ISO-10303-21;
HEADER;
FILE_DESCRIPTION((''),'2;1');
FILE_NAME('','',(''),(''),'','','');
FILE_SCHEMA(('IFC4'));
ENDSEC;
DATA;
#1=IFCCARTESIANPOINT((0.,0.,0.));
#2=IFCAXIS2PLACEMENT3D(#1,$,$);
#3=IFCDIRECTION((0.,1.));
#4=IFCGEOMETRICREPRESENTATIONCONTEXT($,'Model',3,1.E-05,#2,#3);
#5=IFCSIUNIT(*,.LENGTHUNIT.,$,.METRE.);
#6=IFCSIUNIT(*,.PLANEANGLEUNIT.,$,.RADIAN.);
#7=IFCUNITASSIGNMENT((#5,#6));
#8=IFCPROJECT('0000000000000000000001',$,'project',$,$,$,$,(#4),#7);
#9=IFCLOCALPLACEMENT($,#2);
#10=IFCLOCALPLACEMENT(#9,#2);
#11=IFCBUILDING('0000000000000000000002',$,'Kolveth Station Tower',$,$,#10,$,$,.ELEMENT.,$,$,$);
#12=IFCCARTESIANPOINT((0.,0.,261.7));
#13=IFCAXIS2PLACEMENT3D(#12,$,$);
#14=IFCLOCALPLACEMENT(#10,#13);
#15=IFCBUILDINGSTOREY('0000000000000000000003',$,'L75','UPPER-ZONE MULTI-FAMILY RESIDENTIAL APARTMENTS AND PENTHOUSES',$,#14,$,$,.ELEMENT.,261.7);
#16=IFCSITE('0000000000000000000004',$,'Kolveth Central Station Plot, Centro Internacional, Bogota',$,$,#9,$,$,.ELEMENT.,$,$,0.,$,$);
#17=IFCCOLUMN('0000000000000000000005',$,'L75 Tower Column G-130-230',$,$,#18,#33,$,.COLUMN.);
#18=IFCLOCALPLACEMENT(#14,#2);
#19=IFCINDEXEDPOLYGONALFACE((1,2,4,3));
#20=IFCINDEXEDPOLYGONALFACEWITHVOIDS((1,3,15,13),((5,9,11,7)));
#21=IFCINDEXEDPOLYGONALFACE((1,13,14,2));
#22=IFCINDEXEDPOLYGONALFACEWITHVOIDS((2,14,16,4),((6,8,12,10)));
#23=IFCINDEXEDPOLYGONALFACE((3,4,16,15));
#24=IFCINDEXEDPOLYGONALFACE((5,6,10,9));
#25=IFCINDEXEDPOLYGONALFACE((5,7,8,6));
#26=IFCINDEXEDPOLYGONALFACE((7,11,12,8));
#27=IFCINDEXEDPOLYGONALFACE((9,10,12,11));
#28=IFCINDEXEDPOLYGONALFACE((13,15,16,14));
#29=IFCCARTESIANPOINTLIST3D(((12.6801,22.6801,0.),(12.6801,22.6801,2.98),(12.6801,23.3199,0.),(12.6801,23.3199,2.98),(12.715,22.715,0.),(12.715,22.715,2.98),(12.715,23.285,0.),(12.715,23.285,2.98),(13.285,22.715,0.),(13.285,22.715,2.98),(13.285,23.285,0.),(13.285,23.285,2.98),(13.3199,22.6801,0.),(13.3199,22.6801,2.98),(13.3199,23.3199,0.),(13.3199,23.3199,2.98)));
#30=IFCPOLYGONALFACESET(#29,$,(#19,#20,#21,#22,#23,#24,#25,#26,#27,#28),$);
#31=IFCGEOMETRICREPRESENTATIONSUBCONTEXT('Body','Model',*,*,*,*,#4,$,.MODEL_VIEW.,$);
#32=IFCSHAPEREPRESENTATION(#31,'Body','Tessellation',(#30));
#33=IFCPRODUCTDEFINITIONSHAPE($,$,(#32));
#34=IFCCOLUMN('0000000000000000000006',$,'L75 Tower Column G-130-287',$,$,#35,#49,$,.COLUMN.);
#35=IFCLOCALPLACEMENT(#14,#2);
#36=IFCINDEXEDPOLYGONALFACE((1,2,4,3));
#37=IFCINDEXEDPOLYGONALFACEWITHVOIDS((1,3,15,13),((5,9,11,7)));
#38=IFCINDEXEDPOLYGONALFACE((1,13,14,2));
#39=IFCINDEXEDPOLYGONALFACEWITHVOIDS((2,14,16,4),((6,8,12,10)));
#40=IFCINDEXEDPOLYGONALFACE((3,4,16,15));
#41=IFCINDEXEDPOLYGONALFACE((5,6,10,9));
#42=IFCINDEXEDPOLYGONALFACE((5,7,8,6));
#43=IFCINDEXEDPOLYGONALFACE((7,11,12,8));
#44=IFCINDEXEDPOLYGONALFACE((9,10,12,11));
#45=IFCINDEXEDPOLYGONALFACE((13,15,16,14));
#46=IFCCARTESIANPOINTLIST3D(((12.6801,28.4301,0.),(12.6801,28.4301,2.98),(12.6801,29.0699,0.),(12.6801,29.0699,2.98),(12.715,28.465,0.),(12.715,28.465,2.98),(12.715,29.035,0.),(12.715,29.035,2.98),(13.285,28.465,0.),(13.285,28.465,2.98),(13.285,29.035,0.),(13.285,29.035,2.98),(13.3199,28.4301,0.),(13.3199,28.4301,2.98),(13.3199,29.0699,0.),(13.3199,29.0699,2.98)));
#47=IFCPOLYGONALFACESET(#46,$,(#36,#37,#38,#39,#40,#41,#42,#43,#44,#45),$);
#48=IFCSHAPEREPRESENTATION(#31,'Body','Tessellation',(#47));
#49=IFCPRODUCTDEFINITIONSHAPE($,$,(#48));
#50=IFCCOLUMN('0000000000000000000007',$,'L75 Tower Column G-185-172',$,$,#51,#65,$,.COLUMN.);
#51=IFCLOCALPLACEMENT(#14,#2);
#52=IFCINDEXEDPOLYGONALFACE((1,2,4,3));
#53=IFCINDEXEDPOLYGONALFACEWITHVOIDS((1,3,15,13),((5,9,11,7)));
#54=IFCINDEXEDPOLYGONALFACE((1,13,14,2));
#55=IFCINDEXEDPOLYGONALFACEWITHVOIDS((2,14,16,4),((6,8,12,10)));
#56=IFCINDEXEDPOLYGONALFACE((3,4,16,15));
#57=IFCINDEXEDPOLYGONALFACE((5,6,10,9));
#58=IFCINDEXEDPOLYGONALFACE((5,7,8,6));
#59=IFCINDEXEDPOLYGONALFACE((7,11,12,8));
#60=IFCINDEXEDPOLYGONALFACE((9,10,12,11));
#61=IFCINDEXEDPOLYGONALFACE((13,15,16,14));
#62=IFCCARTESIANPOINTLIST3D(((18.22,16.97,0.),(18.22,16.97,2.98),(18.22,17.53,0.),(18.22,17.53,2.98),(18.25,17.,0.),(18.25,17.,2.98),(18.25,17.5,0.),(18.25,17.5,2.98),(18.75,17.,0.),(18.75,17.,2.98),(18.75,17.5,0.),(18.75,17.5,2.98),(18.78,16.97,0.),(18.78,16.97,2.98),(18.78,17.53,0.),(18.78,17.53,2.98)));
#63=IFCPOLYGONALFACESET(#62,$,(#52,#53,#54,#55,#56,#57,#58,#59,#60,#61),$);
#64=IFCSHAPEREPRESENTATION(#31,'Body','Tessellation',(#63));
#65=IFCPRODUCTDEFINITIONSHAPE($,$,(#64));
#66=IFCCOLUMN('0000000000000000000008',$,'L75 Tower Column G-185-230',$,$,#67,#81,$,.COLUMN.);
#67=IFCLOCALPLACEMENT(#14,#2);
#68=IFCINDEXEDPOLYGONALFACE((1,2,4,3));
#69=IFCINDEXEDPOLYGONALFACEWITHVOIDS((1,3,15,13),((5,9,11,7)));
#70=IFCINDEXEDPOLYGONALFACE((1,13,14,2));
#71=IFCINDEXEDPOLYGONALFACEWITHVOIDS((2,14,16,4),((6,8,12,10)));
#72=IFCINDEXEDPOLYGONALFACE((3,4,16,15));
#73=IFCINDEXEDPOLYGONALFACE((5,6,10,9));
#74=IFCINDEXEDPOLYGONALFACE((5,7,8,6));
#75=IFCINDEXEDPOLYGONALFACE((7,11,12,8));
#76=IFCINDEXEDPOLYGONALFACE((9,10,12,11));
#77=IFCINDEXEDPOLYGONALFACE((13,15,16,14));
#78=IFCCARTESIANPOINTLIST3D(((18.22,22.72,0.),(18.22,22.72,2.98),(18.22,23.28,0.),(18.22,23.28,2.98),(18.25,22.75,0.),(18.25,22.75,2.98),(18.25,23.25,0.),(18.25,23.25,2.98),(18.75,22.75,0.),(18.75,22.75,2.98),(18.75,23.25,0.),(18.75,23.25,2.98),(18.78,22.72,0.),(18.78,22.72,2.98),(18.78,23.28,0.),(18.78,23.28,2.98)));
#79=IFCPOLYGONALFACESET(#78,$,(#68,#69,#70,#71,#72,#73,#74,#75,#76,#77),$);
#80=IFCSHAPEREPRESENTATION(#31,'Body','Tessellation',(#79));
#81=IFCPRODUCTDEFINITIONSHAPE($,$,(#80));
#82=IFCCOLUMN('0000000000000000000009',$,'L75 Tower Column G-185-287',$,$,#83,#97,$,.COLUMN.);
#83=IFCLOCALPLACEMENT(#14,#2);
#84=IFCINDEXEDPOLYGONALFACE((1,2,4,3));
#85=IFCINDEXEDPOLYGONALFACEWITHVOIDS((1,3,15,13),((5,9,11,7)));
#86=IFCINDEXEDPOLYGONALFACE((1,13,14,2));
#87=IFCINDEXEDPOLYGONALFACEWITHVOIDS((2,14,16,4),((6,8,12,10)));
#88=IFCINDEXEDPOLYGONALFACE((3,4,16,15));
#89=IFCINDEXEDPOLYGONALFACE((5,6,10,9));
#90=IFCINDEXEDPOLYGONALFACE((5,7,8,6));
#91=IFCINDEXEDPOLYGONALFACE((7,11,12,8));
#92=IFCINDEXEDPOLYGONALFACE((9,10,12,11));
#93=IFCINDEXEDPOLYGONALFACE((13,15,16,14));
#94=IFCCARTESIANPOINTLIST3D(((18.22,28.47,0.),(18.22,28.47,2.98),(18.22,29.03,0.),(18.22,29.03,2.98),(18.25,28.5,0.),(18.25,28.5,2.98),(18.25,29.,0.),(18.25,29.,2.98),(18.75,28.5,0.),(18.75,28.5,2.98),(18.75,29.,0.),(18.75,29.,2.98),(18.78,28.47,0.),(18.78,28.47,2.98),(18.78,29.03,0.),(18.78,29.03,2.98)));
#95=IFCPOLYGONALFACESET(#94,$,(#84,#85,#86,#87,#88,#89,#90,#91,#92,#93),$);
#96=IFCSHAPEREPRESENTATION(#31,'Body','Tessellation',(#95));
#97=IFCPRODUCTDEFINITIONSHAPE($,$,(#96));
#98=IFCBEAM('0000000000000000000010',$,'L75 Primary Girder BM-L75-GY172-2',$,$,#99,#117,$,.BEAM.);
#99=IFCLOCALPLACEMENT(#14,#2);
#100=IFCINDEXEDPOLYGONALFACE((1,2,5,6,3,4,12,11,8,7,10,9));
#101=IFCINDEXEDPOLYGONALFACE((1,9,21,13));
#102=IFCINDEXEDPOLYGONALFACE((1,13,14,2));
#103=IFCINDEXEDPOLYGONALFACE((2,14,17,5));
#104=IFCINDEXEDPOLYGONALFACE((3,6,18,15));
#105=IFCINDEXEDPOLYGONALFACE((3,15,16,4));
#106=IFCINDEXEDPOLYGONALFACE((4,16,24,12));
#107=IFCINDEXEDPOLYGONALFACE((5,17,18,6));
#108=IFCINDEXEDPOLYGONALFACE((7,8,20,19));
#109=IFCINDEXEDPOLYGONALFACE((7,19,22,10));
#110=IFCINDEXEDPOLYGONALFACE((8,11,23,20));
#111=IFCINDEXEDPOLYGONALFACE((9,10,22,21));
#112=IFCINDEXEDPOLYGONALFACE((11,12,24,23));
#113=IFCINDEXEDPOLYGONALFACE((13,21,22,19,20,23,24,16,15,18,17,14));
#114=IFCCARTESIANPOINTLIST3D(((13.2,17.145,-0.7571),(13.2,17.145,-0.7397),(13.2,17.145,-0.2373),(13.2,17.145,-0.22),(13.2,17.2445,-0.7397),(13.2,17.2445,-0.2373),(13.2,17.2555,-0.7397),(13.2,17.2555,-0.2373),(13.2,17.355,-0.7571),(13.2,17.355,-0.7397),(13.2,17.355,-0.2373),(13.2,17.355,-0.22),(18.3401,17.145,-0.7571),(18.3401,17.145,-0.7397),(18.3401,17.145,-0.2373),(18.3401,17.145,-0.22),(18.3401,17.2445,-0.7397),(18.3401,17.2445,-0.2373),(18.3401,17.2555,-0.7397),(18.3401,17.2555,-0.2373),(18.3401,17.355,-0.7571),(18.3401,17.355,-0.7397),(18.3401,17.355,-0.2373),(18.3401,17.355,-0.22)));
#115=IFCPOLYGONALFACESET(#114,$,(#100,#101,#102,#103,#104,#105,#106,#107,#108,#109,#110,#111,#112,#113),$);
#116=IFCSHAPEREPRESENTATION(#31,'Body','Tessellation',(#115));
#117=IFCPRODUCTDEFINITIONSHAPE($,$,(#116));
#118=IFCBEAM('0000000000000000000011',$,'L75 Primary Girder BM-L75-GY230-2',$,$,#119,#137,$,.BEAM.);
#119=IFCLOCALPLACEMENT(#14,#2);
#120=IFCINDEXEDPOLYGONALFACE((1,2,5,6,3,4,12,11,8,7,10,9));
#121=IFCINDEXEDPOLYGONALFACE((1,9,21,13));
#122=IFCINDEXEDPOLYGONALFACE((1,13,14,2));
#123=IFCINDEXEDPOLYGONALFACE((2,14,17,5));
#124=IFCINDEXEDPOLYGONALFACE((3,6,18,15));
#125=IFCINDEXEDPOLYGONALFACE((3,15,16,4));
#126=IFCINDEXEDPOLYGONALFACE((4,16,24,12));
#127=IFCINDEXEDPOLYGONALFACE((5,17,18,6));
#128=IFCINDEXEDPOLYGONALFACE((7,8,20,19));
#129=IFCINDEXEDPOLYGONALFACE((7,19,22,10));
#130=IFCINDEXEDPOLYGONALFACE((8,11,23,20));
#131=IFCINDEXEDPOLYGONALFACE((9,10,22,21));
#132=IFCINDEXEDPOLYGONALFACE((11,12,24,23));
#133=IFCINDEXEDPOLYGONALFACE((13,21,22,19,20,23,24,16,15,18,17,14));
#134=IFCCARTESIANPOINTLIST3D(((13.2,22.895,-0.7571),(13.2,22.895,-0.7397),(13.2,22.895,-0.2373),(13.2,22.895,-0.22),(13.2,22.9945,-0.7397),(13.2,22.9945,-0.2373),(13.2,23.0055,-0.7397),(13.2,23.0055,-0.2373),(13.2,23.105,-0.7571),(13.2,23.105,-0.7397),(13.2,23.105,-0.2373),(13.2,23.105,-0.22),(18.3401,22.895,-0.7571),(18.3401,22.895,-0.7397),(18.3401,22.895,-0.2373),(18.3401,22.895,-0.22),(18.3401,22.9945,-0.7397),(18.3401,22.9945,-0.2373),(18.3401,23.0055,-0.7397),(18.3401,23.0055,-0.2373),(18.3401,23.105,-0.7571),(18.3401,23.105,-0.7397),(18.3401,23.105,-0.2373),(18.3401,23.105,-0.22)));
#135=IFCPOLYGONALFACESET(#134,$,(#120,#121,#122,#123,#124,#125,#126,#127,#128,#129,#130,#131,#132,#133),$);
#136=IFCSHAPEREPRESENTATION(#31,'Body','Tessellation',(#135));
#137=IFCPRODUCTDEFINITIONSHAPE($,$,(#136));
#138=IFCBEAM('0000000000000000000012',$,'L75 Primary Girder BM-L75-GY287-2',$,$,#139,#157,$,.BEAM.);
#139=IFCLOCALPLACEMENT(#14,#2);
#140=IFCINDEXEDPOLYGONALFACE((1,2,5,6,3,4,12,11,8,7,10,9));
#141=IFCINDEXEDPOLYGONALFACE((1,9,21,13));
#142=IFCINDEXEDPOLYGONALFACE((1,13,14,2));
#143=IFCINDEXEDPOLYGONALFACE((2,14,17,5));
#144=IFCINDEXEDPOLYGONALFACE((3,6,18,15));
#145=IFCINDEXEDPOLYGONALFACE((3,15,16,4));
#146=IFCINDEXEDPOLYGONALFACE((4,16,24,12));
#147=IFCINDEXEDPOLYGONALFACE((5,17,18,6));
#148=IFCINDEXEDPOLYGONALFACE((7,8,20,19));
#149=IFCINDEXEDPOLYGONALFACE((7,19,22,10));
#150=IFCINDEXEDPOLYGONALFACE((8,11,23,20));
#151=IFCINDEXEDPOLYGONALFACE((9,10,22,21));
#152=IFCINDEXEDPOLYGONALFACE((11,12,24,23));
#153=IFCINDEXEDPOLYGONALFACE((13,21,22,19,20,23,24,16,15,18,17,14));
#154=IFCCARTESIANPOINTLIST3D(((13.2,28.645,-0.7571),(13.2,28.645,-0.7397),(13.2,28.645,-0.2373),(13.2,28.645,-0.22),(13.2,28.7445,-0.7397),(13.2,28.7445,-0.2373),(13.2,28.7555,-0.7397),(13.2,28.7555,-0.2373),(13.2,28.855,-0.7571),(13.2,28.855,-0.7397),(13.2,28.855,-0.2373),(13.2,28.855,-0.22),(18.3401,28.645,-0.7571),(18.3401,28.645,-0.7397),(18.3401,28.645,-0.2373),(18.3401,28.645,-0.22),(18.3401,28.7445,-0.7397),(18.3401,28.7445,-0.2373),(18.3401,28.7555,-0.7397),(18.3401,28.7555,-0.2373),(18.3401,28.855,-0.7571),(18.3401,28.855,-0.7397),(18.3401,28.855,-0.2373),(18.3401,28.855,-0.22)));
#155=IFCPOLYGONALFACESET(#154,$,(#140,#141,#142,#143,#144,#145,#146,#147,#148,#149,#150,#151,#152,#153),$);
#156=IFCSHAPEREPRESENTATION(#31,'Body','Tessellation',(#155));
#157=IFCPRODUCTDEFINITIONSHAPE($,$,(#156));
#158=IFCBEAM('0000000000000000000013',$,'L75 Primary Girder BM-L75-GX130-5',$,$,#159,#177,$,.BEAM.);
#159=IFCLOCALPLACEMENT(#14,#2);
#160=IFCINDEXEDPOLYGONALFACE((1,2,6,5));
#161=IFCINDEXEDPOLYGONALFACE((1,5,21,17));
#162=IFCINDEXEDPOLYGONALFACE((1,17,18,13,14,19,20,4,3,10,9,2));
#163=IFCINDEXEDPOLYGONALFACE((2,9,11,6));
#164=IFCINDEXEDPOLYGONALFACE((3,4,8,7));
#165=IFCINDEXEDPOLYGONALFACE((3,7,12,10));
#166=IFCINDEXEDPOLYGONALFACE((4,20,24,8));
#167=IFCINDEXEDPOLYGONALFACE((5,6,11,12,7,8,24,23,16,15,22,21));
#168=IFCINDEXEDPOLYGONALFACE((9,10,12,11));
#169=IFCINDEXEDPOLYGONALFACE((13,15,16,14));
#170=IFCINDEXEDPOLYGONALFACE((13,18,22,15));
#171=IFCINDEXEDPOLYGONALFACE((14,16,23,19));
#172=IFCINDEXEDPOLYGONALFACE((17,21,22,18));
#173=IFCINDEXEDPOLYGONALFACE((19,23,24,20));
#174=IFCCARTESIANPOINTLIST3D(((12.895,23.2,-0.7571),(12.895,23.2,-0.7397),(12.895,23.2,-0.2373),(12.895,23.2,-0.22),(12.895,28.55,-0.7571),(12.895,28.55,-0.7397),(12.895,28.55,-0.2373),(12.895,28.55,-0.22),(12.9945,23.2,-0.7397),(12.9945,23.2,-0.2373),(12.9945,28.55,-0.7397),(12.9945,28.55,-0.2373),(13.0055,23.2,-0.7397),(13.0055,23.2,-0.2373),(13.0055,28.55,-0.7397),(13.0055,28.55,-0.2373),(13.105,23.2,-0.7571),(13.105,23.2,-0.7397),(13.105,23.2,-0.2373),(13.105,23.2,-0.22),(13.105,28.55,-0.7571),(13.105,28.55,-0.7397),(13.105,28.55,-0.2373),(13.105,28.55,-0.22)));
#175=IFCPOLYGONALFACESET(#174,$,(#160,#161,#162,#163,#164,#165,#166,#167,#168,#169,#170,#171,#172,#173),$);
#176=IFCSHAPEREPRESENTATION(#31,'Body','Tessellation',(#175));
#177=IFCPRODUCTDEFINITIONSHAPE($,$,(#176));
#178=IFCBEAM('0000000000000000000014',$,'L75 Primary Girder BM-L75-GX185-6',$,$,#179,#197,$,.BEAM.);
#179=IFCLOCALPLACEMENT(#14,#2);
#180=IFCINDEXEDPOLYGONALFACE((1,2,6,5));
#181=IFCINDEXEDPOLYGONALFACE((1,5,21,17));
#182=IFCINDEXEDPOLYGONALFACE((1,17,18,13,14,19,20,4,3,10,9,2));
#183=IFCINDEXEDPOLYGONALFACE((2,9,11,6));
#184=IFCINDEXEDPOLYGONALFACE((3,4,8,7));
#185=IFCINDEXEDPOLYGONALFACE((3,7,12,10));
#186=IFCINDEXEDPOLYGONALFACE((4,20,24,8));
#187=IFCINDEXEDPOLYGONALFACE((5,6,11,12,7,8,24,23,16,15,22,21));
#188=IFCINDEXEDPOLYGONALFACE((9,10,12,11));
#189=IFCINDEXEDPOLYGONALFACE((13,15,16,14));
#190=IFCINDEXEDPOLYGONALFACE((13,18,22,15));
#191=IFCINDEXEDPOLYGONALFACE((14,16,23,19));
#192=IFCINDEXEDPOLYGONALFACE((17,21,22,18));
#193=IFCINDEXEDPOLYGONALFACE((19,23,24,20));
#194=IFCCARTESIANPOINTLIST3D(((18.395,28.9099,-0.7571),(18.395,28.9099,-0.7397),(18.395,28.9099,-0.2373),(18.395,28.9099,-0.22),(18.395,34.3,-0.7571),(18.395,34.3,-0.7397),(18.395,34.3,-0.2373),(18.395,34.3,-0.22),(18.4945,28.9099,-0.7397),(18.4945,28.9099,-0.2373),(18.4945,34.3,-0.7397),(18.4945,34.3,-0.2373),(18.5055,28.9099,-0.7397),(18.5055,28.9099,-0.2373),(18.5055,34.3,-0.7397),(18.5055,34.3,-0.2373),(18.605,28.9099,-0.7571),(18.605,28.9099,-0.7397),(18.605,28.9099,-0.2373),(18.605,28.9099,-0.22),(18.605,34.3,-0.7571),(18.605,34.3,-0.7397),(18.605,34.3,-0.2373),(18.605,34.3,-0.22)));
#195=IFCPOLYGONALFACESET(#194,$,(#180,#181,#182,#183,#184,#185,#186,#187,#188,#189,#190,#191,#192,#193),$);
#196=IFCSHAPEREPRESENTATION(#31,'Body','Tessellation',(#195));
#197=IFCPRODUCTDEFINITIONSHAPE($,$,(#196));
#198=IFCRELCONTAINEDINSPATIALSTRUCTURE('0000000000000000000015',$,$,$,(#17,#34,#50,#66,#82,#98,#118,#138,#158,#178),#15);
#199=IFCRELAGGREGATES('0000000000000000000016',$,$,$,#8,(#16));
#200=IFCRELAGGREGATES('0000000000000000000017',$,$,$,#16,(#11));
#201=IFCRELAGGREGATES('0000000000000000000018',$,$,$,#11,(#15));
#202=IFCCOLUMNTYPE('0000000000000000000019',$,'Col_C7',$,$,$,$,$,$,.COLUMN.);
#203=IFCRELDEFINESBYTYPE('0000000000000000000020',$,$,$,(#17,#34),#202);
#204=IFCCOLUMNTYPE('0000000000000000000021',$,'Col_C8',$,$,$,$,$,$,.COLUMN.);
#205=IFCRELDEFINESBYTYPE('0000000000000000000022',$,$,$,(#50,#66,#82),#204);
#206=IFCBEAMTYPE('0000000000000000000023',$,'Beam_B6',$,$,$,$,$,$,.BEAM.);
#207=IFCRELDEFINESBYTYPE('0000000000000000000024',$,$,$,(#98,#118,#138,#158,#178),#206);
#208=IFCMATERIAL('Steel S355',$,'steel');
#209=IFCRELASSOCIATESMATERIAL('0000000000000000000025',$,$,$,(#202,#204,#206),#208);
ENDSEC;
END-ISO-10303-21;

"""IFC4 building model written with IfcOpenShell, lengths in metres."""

from ifc_helpers import new_model, si_unit, direction, frame, origin, origin_2d, place, context, subcontext, project, spatial, hollow_rectangle, i_section, extrude, source, transform, mapped, material, material_profile, profile_set, type_object, element, save


model = new_model("IFC4")

# Units and contexts
model_context = context("Model", 3, precision=1e-05, world=origin(), true_north=direction((0.0, 1.0)))
body_context = subcontext(model_context, "Body", "Model", "MODEL_VIEW")
ifc_project = project(units=[si_unit("LENGTHUNIT", "METRE"), si_unit("PLANEANGLEUNIT", "RADIAN")], contexts=[model_context])

# Site, building, storey
site_placement = place(None, origin())
site = spatial("IfcSite", under=ifc_project, at=site_placement, Name="Kolveth Central Station Plot, Centro Internacional, Bogota", CompositionType="ELEMENT", RefElevation=0.0)
building_placement = place(site_placement, origin())
building = spatial("IfcBuilding", under=site, at=building_placement, Name="Kolveth Station Tower", CompositionType="ELEMENT")
storey_placement = place(building_placement, frame((0.0, 0.0, 261.7)))
storey = spatial("IfcBuildingStorey", under=building, at=storey_placement, Name="L75", Description="UPPER-ZONE MULTI-FAMILY RESIDENTIAL APARTMENTS AND PENTHOUSES", CompositionType="ELEMENT", Elevation=261.7)

# Columns
ifc_material_1 = material(Name="Steel S355", Category="steel")
ifc_material_profile_1 = material_profile(ifc_material_1, hollow_rectangle(XDim=0.6399, YDim=0.6399, WallThickness=0.0349, at=origin_2d()), Name="BOX640x640x35")
ifc_profile_set_1 = profile_set([ifc_material_profile_1], Name="Steel S355")
column_type_1 = type_object("IfcColumnType", Name="Col_C7", PredefinedType="COLUMN", material=ifc_profile_set_1)
shared_shape_1 = source(origin(), body_context, "Body", "SweptSolid", [
    extrude(hollow_rectangle(XDim=0.6399, YDim=0.6399, WallThickness=0.0349, at=origin_2d()), origin(), (0.0, 0.0, 1.0), 2.98),
])
for number, where, z_axis, x_axis, name in (
    (1, (13.0, 23.0, 0.0), (0.0, 0.0, 1.0), (1.0, 0.0, 0.0), "L75 Tower Column G-130-230"),
    (2, (13.0, 28.75, 0.0), (0.0, 0.0, 1.0), (1.0, 0.0, 0.0), "L75 Tower Column G-130-287"),
):
    element("IfcColumn", number, at=place(storey_placement, frame(where, z_axis=z_axis, x_axis=x_axis)), inside=storey, type_object=column_type_1, Name=name, PredefinedType="COLUMN", context=body_context, shape_type="MappedRepresentation", body=[
        mapped(shared_shape_1, transform((0.0, 0.0, 0.0), x_axis=(1.0, 0.0, 0.0), y_axis=(0.0, 1.0, 0.0), z_axis=(0.0, 0.0, 1.0), scale=1.0)),
    ])
ifc_material_profile_2 = material_profile(ifc_material_1, hollow_rectangle(XDim=0.5601, YDim=0.5601, WallThickness=0.03, at=origin_2d()), Name="BOX560x560x30")
ifc_profile_set_2 = profile_set([ifc_material_profile_2], Name="Steel S355")
column_type_2 = type_object("IfcColumnType", Name="Col_C8", PredefinedType="COLUMN", material=ifc_profile_set_2)
shared_shape_2 = source(origin(), body_context, "Body", "SweptSolid", [
    extrude(hollow_rectangle(XDim=0.5601, YDim=0.5601, WallThickness=0.03, at=origin_2d()), origin(), (0.0, 0.0, 1.0), 2.98),
])
for number, where, z_axis, x_axis, name in (
    (3, (18.5, 17.25, 0.0), (0.0, 0.0, 1.0), (1.0, 0.0, 0.0), "L75 Tower Column G-185-172"),
    (4, (18.5, 23.0, 0.0), (0.0, 0.0, 1.0), (1.0, 0.0, 0.0), "L75 Tower Column G-185-230"),
    (5, (18.5, 28.75, 0.0), (0.0, 0.0, 1.0), (1.0, 0.0, 0.0), "L75 Tower Column G-185-287"),
):
    element("IfcColumn", number, at=place(storey_placement, frame(where, z_axis=z_axis, x_axis=x_axis)), inside=storey, type_object=column_type_2, Name=name, PredefinedType="COLUMN", context=body_context, shape_type="MappedRepresentation", body=[
        mapped(shared_shape_2, transform((0.0, 0.0, 0.0), x_axis=(1.0, 0.0, 0.0), y_axis=(0.0, 1.0, 0.0), z_axis=(0.0, 0.0, 1.0), scale=1.0)),
    ])

# Beams
ifc_material_profile_3 = material_profile(ifc_material_1, i_section(OverallWidth=0.21, OverallDepth=0.5371, WebThickness=0.011, FlangeThickness=0.0173, at=origin_2d()), Name="W530x101")
ifc_profile_set_3 = profile_set([ifc_material_profile_3], Name="Steel S355")
beam_type_1 = type_object("IfcBeamType", Name="Beam_B6", PredefinedType="BEAM", material=ifc_profile_set_3)
shared_shape_3 = source(origin(), body_context, "Body", "SweptSolid", [
    extrude(i_section(OverallWidth=0.21, OverallDepth=0.5371, WebThickness=0.011, FlangeThickness=0.0173, at=origin_2d()), origin(), (0.0, 0.0, 1.0), 5.1401),
])
for number, where, z_axis, x_axis, name in (
    (6, (13.2, 17.25, -0.4885), (1.0, 0.0, 0.0), (0.0, 1.0, 0.0), "L75 Primary Girder BM-L75-GY172-2"),
    (7, (13.2, 23.0, -0.4885), (1.0, 0.0, 0.0), (0.0, 1.0, 0.0), "L75 Primary Girder BM-L75-GY230-2"),
    (8, (13.2, 28.75, -0.4885), (1.0, 0.0, 0.0), (0.0, 1.0, 0.0), "L75 Primary Girder BM-L75-GY287-2"),
):
    element("IfcBeam", number, at=place(storey_placement, frame(where, z_axis=z_axis, x_axis=x_axis)), inside=storey, type_object=beam_type_1, Name=name, PredefinedType="BEAM", context=body_context, shape_type="MappedRepresentation", body=[
        mapped(shared_shape_3, transform((0.0, 0.0, 0.0), x_axis=(1.0, 0.0, 0.0), y_axis=(0.0, 1.0, 0.0), z_axis=(0.0, 0.0, 1.0), scale=1.0)),
    ])
shared_shape_4 = source(origin(), body_context, "Body", "SweptSolid", [
    extrude(i_section(OverallWidth=0.21, OverallDepth=0.5371, WebThickness=0.011, FlangeThickness=0.0173, at=origin_2d()), origin(), (0.0, 0.0, 1.0), 5.3501),
])
beam_1_placement = place(storey_placement, frame((13.0, 23.2, -0.4885), z_axis=(0.0, 1.0, 0.0), x_axis=(-1.0, 0.0, 0.0)))
element("IfcBeam", 9, at=beam_1_placement, inside=storey, type_object=beam_type_1, Name="L75 Primary Girder BM-L75-GX130-5", PredefinedType="BEAM", context=body_context, shape_type="MappedRepresentation", body=[
    mapped(shared_shape_4, transform((0.0, 0.0, 0.0), x_axis=(1.0, 0.0, 0.0), y_axis=(0.0, 1.0, 0.0), z_axis=(0.0, 0.0, 1.0), scale=1.0)),
])
shared_shape_5 = source(origin(), body_context, "Body", "SweptSolid", [
    extrude(i_section(OverallWidth=0.21, OverallDepth=0.5371, WebThickness=0.011, FlangeThickness=0.0173, at=origin_2d()), origin(), (0.0, 0.0, 1.0), 5.3901),
])
beam_2_placement = place(storey_placement, frame((18.5, 28.9099, -0.4885), z_axis=(0.0, 1.0, 0.0), x_axis=(-1.0, 0.0, 0.0)))
element("IfcBeam", 10, at=beam_2_placement, inside=storey, type_object=beam_type_1, Name="L75 Primary Girder BM-L75-GX185-6", PredefinedType="BEAM", context=body_context, shape_type="MappedRepresentation", body=[
    mapped(shared_shape_5, transform((0.0, 0.0, 0.0), x_axis=(1.0, 0.0, 0.0), y_axis=(0.0, 1.0, 0.0), z_axis=(0.0, 0.0, 1.0), scale=1.0)),
])

save(model, "model.ifc")
